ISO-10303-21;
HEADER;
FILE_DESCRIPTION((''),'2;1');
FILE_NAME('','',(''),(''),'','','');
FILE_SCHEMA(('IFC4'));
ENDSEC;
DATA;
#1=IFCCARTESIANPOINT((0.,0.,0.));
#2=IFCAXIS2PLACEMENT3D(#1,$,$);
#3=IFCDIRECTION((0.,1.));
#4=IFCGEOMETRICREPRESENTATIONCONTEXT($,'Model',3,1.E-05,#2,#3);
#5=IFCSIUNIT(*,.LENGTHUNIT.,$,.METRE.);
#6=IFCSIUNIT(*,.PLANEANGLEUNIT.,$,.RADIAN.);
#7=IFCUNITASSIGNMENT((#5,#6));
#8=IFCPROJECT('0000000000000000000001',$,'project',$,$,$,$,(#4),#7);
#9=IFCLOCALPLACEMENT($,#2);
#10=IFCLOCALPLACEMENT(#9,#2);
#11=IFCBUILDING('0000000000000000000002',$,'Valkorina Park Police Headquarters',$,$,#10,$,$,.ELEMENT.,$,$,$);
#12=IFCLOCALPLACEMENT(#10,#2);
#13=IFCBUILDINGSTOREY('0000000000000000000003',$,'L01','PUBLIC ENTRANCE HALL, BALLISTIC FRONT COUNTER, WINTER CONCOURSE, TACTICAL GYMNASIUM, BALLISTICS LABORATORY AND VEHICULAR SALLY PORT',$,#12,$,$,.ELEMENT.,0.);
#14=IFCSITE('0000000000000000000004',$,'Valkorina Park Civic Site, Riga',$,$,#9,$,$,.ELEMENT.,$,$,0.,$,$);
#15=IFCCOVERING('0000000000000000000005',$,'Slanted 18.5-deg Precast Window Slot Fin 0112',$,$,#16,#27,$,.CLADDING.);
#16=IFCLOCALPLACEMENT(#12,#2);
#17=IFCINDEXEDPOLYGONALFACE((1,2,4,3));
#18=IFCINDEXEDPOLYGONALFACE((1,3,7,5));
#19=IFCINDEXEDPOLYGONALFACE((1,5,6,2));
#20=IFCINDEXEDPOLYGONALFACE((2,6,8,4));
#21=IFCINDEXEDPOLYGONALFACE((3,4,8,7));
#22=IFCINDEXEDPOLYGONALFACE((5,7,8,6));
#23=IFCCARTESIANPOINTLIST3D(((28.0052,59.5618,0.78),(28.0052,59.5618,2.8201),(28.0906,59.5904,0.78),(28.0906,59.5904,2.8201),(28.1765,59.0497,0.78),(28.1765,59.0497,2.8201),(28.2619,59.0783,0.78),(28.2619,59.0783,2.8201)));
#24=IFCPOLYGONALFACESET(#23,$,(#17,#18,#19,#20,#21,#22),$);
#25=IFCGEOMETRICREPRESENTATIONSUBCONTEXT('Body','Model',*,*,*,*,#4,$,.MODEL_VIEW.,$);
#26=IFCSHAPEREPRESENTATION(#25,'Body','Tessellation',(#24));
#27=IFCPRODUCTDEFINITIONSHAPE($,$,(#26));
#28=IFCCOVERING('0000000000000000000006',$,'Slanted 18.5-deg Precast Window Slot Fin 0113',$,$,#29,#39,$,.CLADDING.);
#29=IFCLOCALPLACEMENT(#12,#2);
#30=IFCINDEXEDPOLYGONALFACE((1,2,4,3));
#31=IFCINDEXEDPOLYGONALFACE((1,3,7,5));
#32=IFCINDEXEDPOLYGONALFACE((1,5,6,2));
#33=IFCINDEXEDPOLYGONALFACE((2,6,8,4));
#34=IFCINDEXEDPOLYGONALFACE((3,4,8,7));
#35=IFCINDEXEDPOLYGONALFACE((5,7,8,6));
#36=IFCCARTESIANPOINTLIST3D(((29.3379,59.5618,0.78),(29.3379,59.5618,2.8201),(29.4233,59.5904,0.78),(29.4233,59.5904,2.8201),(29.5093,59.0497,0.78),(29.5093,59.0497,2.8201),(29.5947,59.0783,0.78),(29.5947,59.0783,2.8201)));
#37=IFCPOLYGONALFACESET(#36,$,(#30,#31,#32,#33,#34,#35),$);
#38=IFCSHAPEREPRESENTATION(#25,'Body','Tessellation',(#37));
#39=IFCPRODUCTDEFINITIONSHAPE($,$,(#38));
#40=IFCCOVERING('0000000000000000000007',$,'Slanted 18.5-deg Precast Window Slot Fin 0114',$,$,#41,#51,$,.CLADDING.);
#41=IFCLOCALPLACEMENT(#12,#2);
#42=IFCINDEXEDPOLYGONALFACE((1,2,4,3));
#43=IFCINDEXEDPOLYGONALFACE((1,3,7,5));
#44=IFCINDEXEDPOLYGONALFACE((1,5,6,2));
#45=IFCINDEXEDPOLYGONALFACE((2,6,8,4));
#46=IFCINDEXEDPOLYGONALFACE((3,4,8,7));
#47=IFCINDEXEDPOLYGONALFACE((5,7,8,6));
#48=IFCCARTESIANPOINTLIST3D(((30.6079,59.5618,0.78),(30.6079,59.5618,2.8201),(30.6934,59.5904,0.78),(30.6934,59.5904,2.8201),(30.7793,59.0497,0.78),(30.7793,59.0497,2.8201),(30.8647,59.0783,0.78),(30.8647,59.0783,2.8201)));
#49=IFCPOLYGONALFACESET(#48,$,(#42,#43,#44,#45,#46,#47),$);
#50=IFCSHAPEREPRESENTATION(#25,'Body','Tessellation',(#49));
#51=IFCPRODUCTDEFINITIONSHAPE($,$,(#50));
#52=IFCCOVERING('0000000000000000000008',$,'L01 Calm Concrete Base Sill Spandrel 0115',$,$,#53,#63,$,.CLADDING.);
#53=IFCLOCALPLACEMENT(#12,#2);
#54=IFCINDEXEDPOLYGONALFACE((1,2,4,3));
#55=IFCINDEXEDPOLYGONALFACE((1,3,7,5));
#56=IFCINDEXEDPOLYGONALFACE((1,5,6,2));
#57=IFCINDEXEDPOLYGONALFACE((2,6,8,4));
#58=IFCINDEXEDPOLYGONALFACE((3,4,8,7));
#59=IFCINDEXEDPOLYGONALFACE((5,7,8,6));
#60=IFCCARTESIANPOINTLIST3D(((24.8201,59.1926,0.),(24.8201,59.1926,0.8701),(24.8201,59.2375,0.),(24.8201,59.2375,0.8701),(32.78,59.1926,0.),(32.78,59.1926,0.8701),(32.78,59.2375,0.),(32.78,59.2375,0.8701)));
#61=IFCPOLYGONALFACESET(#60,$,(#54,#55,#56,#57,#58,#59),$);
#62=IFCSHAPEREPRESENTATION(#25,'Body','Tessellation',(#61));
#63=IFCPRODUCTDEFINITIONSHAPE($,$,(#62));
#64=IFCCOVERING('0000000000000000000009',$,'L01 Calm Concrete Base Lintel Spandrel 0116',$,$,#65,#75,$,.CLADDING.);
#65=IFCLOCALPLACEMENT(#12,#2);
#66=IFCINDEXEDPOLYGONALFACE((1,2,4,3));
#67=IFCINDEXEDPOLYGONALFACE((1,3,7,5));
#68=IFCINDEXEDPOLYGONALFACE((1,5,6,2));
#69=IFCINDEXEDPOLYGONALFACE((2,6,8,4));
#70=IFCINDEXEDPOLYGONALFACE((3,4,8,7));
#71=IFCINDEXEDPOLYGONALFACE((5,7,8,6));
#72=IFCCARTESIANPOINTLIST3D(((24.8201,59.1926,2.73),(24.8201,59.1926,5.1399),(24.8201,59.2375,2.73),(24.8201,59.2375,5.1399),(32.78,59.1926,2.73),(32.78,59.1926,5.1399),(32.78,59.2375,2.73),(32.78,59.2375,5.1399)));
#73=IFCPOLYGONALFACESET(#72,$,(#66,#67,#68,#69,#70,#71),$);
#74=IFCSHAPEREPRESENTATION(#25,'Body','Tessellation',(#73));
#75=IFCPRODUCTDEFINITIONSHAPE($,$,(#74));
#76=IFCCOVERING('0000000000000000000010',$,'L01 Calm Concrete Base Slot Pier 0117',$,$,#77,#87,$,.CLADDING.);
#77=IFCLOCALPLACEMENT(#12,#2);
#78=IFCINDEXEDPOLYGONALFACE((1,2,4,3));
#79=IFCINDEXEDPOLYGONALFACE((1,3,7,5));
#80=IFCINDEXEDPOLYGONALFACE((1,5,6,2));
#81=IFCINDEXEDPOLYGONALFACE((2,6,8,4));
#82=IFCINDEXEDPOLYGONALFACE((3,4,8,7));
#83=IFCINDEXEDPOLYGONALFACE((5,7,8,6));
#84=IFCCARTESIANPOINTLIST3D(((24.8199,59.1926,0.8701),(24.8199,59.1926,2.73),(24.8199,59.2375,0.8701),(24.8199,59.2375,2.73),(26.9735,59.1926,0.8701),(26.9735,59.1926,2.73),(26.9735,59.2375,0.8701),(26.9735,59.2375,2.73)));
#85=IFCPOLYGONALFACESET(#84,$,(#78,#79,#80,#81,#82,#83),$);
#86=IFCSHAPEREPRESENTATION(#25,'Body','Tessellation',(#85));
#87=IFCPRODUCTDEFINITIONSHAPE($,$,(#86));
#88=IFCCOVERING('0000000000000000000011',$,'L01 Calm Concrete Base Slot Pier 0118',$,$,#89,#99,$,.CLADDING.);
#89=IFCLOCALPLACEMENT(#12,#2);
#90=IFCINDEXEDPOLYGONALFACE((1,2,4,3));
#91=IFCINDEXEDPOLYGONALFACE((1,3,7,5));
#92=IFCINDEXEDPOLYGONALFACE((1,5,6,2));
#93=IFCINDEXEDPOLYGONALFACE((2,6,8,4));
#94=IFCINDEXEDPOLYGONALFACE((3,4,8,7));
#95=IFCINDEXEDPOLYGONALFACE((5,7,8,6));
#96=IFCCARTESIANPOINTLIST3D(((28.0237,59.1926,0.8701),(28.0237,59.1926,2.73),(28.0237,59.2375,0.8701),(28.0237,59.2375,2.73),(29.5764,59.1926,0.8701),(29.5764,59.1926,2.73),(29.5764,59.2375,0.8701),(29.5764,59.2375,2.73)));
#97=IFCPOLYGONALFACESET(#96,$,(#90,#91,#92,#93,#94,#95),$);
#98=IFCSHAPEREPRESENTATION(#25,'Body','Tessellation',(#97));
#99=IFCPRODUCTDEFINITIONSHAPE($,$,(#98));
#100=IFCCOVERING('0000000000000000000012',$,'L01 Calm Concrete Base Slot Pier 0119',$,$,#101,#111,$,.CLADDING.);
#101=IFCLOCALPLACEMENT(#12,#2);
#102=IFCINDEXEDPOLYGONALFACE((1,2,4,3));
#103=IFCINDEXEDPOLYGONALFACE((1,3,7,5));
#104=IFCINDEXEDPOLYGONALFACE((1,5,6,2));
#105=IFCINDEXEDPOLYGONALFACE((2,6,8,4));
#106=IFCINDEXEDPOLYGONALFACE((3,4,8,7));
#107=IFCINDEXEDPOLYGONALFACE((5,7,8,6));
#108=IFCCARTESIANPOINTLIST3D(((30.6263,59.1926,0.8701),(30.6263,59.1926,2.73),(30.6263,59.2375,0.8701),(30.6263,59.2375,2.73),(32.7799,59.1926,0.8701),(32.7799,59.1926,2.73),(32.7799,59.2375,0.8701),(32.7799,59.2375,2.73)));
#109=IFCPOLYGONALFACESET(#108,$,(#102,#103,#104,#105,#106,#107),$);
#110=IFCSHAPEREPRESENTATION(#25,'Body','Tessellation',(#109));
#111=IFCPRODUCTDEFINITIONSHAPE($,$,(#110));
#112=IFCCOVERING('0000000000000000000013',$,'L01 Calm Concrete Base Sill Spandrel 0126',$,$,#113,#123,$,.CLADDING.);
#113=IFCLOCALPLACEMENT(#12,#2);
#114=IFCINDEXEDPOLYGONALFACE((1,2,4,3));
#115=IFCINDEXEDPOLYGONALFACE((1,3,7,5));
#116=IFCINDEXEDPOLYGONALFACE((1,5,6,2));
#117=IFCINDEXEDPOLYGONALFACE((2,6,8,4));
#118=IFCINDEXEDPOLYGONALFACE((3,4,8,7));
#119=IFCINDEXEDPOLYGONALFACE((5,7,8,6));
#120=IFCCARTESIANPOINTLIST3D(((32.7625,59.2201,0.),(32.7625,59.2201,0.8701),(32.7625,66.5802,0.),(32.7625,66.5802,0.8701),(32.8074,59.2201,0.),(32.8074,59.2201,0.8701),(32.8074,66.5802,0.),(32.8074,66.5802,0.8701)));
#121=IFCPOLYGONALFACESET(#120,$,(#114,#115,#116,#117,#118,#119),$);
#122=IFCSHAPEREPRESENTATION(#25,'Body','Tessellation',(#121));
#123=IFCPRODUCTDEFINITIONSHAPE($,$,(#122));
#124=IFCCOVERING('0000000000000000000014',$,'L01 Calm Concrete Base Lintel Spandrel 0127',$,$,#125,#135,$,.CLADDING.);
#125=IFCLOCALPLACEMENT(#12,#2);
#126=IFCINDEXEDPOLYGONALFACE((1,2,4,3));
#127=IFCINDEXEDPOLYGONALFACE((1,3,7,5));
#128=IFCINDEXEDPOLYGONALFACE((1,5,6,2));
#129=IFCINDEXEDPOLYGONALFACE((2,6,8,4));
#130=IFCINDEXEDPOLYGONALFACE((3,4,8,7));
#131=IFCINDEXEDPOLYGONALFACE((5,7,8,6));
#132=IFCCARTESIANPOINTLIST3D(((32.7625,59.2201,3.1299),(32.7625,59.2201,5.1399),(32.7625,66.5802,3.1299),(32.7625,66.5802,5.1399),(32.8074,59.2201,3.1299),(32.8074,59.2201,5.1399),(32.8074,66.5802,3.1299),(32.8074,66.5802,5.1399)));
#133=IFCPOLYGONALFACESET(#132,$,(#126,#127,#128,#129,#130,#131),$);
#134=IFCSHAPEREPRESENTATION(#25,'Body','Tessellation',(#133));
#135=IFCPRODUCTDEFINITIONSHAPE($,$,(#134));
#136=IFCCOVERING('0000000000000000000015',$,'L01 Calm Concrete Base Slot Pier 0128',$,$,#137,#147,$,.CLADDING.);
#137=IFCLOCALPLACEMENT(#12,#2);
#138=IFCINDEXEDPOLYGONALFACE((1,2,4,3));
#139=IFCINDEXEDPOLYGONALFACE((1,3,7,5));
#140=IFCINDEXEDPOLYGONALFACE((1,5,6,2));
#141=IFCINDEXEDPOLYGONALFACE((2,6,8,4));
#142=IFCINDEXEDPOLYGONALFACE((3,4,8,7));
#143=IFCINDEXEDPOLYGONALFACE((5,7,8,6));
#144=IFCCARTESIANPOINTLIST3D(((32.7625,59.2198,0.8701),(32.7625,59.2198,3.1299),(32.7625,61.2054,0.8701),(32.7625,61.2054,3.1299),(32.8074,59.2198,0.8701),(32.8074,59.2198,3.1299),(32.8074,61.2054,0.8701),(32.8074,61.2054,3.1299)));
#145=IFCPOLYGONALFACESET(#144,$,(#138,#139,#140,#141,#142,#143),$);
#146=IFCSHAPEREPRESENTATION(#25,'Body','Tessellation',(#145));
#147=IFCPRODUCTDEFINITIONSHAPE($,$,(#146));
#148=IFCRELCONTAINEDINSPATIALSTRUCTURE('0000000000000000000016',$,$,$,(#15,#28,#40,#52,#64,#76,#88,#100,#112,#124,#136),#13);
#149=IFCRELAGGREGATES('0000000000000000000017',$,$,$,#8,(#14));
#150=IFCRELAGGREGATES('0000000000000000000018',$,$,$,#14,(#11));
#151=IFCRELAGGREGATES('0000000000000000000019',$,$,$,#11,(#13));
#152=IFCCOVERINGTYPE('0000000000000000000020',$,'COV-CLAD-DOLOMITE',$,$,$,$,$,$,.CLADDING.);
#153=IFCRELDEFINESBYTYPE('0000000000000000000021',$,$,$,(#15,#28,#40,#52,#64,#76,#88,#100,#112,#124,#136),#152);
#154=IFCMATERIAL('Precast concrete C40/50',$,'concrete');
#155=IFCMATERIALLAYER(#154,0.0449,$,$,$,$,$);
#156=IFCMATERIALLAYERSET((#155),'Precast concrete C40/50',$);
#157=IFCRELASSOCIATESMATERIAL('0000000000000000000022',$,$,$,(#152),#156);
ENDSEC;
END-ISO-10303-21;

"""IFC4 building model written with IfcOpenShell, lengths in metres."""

from ifc_helpers import new_model, si_unit, direction, frame, frame_2d, origin, origin_2d, place, context, subcontext, project, spatial, rectangle, extrude, material, layer, layer_set, type_object, element, save


model = new_model("IFC4")

# Units and contexts
model_context = context("Model", 3, precision=1e-05, world=origin(), true_north=direction((0.0, 1.0)))
body_context = subcontext(model_context, "Body", "Model", "MODEL_VIEW")
ifc_project = project(units=[si_unit("LENGTHUNIT", "METRE"), si_unit("PLANEANGLEUNIT", "RADIAN")], contexts=[model_context])

# Site, building, storey
site_placement = place(None, origin())
site = spatial("IfcSite", under=ifc_project, at=site_placement, Name="Valkorina Park Civic Site, Riga", CompositionType="ELEMENT", RefElevation=0.0)
building_placement = place(site_placement, origin())
building = spatial("IfcBuilding", under=site, at=building_placement, Name="Valkorina Park Police Headquarters", CompositionType="ELEMENT")
storey_placement = place(building_placement, origin())
storey = spatial("IfcBuildingStorey", under=building, at=storey_placement, Name="L01", Description="PUBLIC ENTRANCE HALL, BALLISTIC FRONT COUNTER, WINTER CONCOURSE, TACTICAL GYMNASIUM, BALLISTICS LABORATORY AND VEHICULAR SALLY PORT", CompositionType="ELEMENT", Elevation=0.0)

# Coverings
ifc_material_1 = material(Name="Precast concrete C40/50", Category="concrete")
ifc_layer_1 = layer(ifc_material_1, 0.0449)
ifc_layer_set_1 = layer_set([ifc_layer_1], Name="Precast concrete C40/50")
covering_type = type_object("IfcCoveringType", Name="COV-CLAD-DOLOMITE", PredefinedType="CLADDING", material=ifc_layer_set_1)
for number, where, z_axis, x_axis, name in (
    (1, (28.1335, 59.3201, 0.78), (0.0, 0.0, 1.0), (-0.317305, 0.948324, 0.0), "Slanted 18.5-deg Precast Window Slot Fin 0112"),
    (2, (29.4663, 59.3201, 0.78), (0.0, 0.0, 1.0), (-0.317305, 0.948324, 0.0), "Slanted 18.5-deg Precast Window Slot Fin 0113"),
    (3, (30.7363, 59.3201, 0.78), (0.0, 0.0, 1.0), (-0.317305, 0.948324, 0.0), "Slanted 18.5-deg Precast Window Slot Fin 0114"),
):
    element("IfcCovering", number, at=place(storey_placement, frame(where, z_axis=z_axis, x_axis=x_axis)), inside=storey, type_object=covering_type, Name=name, PredefinedType="CLADDING", context=body_context, shape_type="SweptSolid", body=[
        extrude(rectangle(XDim=0.54, YDim=0.0901, at=origin_2d()), origin(), (0.0, 0.0, 1.0), 2.04),
    ])
covering_1_placement = place(storey_placement, frame((24.8201, 59.2151, 0.0), z_axis=(0.0, 0.0, 1.0), x_axis=(1.0, 0.0, 0.0)))
element("IfcCovering", 4, at=covering_1_placement, inside=storey, type_object=covering_type, Name="L01 Calm Concrete Base Sill Spandrel 0115", PredefinedType="CLADDING", context=body_context, shape_type="SweptSolid", body=[
    extrude(rectangle(XDim=7.96, YDim=0.0449, at=frame_2d((3.98, 0.0))), origin(), (0.0, 0.0, 1.0), 0.8701),
])
covering_2_placement = place(storey_placement, frame((24.8201, 59.2151, 2.73), z_axis=(0.0, 0.0, 1.0), x_axis=(1.0, 0.0, 0.0)))
element("IfcCovering", 5, at=covering_2_placement, inside=storey, type_object=covering_type, Name="L01 Calm Concrete Base Lintel Spandrel 0116", PredefinedType="CLADDING", context=body_context, shape_type="SweptSolid", body=[
    extrude(rectangle(XDim=7.96, YDim=0.0449, at=frame_2d((3.98, 0.0))), origin(), (0.0, 0.0, 1.0), 2.4099),
])
covering_3_placement = place(storey_placement, frame((24.8201, 59.2151, 0.8701), z_axis=(0.0, 0.0, 1.0), x_axis=(1.0, 0.0, 0.0)))
element("IfcCovering", 6, at=covering_3_placement, inside=storey, type_object=covering_type, Name="L01 Calm Concrete Base Slot Pier 0117", PredefinedType="CLADDING", context=body_context, shape_type="SweptSolid", body=[
    extrude(rectangle(XDim=2.1536, YDim=0.0449, at=frame_2d((1.0767, 0.0))), origin(), (0.0, 0.0, 1.0), 1.8599),
])
covering_4_placement = place(storey_placement, frame((28.0237, 59.2151, 0.8701), z_axis=(0.0, 0.0, 1.0), x_axis=(1.0, 0.0, 0.0)))
element("IfcCovering", 7, at=covering_4_placement, inside=storey, type_object=covering_type, Name="L01 Calm Concrete Base Slot Pier 0118", PredefinedType="CLADDING", context=body_context, shape_type="SweptSolid", body=[
    extrude(rectangle(XDim=1.5527, YDim=0.0449, at=frame_2d((0.7764, 0.0))), origin(), (0.0, 0.0, 1.0), 1.8599),
])
covering_5_placement = place(storey_placement, frame((30.6265, 59.2151, 0.8701), z_axis=(0.0, 0.0, 1.0), x_axis=(1.0, 0.0, 0.0)))
element("IfcCovering", 8, at=covering_5_placement, inside=storey, type_object=covering_type, Name="L01 Calm Concrete Base Slot Pier 0119", PredefinedType="CLADDING", context=body_context, shape_type="SweptSolid", body=[
    extrude(rectangle(XDim=2.1536, YDim=0.0449, at=frame_2d((1.0767, 0.0))), origin(), (0.0, 0.0, 1.0), 1.8599),
])
covering_6_placement = place(storey_placement, frame((32.7849, 59.22, 0.0), z_axis=(0.0, 0.0, 1.0), x_axis=(0.0, 1.0, 0.0)))
element("IfcCovering", 9, at=covering_6_placement, inside=storey, type_object=covering_type, Name="L01 Calm Concrete Base Sill Spandrel 0126", PredefinedType="CLADDING", context=body_context, shape_type="SweptSolid", body=[
    extrude(rectangle(XDim=7.3601, YDim=0.0449, at=frame_2d((3.6802, 0.0))), origin(), (0.0, 0.0, 1.0), 0.8701),
])
covering_7_placement = place(storey_placement, frame((32.7849, 59.22, 3.1299), z_axis=(0.0, 0.0, 1.0), x_axis=(0.0, 1.0, 0.0)))
element("IfcCovering", 10, at=covering_7_placement, inside=storey, type_object=covering_type, Name="L01 Calm Concrete Base Lintel Spandrel 0127", PredefinedType="CLADDING", context=body_context, shape_type="SweptSolid", body=[
    extrude(rectangle(XDim=7.3601, YDim=0.0449, at=frame_2d((3.6802, 0.0))), origin(), (0.0, 0.0, 1.0), 2.01),
])
covering_8_placement = place(storey_placement, frame((32.7849, 59.22, 0.8701), z_axis=(0.0, 0.0, 1.0), x_axis=(0.0, 1.0, 0.0)))
element("IfcCovering", 11, at=covering_8_placement, inside=storey, type_object=covering_type, Name="L01 Calm Concrete Base Slot Pier 0128", PredefinedType="CLADDING", context=body_context, shape_type="SweptSolid", body=[
    extrude(rectangle(XDim=1.9856, YDim=0.0449, at=frame_2d((0.9927, 0.0))), origin(), (0.0, 0.0, 1.0), 2.2598),
])

save(model, "model.ifc")
